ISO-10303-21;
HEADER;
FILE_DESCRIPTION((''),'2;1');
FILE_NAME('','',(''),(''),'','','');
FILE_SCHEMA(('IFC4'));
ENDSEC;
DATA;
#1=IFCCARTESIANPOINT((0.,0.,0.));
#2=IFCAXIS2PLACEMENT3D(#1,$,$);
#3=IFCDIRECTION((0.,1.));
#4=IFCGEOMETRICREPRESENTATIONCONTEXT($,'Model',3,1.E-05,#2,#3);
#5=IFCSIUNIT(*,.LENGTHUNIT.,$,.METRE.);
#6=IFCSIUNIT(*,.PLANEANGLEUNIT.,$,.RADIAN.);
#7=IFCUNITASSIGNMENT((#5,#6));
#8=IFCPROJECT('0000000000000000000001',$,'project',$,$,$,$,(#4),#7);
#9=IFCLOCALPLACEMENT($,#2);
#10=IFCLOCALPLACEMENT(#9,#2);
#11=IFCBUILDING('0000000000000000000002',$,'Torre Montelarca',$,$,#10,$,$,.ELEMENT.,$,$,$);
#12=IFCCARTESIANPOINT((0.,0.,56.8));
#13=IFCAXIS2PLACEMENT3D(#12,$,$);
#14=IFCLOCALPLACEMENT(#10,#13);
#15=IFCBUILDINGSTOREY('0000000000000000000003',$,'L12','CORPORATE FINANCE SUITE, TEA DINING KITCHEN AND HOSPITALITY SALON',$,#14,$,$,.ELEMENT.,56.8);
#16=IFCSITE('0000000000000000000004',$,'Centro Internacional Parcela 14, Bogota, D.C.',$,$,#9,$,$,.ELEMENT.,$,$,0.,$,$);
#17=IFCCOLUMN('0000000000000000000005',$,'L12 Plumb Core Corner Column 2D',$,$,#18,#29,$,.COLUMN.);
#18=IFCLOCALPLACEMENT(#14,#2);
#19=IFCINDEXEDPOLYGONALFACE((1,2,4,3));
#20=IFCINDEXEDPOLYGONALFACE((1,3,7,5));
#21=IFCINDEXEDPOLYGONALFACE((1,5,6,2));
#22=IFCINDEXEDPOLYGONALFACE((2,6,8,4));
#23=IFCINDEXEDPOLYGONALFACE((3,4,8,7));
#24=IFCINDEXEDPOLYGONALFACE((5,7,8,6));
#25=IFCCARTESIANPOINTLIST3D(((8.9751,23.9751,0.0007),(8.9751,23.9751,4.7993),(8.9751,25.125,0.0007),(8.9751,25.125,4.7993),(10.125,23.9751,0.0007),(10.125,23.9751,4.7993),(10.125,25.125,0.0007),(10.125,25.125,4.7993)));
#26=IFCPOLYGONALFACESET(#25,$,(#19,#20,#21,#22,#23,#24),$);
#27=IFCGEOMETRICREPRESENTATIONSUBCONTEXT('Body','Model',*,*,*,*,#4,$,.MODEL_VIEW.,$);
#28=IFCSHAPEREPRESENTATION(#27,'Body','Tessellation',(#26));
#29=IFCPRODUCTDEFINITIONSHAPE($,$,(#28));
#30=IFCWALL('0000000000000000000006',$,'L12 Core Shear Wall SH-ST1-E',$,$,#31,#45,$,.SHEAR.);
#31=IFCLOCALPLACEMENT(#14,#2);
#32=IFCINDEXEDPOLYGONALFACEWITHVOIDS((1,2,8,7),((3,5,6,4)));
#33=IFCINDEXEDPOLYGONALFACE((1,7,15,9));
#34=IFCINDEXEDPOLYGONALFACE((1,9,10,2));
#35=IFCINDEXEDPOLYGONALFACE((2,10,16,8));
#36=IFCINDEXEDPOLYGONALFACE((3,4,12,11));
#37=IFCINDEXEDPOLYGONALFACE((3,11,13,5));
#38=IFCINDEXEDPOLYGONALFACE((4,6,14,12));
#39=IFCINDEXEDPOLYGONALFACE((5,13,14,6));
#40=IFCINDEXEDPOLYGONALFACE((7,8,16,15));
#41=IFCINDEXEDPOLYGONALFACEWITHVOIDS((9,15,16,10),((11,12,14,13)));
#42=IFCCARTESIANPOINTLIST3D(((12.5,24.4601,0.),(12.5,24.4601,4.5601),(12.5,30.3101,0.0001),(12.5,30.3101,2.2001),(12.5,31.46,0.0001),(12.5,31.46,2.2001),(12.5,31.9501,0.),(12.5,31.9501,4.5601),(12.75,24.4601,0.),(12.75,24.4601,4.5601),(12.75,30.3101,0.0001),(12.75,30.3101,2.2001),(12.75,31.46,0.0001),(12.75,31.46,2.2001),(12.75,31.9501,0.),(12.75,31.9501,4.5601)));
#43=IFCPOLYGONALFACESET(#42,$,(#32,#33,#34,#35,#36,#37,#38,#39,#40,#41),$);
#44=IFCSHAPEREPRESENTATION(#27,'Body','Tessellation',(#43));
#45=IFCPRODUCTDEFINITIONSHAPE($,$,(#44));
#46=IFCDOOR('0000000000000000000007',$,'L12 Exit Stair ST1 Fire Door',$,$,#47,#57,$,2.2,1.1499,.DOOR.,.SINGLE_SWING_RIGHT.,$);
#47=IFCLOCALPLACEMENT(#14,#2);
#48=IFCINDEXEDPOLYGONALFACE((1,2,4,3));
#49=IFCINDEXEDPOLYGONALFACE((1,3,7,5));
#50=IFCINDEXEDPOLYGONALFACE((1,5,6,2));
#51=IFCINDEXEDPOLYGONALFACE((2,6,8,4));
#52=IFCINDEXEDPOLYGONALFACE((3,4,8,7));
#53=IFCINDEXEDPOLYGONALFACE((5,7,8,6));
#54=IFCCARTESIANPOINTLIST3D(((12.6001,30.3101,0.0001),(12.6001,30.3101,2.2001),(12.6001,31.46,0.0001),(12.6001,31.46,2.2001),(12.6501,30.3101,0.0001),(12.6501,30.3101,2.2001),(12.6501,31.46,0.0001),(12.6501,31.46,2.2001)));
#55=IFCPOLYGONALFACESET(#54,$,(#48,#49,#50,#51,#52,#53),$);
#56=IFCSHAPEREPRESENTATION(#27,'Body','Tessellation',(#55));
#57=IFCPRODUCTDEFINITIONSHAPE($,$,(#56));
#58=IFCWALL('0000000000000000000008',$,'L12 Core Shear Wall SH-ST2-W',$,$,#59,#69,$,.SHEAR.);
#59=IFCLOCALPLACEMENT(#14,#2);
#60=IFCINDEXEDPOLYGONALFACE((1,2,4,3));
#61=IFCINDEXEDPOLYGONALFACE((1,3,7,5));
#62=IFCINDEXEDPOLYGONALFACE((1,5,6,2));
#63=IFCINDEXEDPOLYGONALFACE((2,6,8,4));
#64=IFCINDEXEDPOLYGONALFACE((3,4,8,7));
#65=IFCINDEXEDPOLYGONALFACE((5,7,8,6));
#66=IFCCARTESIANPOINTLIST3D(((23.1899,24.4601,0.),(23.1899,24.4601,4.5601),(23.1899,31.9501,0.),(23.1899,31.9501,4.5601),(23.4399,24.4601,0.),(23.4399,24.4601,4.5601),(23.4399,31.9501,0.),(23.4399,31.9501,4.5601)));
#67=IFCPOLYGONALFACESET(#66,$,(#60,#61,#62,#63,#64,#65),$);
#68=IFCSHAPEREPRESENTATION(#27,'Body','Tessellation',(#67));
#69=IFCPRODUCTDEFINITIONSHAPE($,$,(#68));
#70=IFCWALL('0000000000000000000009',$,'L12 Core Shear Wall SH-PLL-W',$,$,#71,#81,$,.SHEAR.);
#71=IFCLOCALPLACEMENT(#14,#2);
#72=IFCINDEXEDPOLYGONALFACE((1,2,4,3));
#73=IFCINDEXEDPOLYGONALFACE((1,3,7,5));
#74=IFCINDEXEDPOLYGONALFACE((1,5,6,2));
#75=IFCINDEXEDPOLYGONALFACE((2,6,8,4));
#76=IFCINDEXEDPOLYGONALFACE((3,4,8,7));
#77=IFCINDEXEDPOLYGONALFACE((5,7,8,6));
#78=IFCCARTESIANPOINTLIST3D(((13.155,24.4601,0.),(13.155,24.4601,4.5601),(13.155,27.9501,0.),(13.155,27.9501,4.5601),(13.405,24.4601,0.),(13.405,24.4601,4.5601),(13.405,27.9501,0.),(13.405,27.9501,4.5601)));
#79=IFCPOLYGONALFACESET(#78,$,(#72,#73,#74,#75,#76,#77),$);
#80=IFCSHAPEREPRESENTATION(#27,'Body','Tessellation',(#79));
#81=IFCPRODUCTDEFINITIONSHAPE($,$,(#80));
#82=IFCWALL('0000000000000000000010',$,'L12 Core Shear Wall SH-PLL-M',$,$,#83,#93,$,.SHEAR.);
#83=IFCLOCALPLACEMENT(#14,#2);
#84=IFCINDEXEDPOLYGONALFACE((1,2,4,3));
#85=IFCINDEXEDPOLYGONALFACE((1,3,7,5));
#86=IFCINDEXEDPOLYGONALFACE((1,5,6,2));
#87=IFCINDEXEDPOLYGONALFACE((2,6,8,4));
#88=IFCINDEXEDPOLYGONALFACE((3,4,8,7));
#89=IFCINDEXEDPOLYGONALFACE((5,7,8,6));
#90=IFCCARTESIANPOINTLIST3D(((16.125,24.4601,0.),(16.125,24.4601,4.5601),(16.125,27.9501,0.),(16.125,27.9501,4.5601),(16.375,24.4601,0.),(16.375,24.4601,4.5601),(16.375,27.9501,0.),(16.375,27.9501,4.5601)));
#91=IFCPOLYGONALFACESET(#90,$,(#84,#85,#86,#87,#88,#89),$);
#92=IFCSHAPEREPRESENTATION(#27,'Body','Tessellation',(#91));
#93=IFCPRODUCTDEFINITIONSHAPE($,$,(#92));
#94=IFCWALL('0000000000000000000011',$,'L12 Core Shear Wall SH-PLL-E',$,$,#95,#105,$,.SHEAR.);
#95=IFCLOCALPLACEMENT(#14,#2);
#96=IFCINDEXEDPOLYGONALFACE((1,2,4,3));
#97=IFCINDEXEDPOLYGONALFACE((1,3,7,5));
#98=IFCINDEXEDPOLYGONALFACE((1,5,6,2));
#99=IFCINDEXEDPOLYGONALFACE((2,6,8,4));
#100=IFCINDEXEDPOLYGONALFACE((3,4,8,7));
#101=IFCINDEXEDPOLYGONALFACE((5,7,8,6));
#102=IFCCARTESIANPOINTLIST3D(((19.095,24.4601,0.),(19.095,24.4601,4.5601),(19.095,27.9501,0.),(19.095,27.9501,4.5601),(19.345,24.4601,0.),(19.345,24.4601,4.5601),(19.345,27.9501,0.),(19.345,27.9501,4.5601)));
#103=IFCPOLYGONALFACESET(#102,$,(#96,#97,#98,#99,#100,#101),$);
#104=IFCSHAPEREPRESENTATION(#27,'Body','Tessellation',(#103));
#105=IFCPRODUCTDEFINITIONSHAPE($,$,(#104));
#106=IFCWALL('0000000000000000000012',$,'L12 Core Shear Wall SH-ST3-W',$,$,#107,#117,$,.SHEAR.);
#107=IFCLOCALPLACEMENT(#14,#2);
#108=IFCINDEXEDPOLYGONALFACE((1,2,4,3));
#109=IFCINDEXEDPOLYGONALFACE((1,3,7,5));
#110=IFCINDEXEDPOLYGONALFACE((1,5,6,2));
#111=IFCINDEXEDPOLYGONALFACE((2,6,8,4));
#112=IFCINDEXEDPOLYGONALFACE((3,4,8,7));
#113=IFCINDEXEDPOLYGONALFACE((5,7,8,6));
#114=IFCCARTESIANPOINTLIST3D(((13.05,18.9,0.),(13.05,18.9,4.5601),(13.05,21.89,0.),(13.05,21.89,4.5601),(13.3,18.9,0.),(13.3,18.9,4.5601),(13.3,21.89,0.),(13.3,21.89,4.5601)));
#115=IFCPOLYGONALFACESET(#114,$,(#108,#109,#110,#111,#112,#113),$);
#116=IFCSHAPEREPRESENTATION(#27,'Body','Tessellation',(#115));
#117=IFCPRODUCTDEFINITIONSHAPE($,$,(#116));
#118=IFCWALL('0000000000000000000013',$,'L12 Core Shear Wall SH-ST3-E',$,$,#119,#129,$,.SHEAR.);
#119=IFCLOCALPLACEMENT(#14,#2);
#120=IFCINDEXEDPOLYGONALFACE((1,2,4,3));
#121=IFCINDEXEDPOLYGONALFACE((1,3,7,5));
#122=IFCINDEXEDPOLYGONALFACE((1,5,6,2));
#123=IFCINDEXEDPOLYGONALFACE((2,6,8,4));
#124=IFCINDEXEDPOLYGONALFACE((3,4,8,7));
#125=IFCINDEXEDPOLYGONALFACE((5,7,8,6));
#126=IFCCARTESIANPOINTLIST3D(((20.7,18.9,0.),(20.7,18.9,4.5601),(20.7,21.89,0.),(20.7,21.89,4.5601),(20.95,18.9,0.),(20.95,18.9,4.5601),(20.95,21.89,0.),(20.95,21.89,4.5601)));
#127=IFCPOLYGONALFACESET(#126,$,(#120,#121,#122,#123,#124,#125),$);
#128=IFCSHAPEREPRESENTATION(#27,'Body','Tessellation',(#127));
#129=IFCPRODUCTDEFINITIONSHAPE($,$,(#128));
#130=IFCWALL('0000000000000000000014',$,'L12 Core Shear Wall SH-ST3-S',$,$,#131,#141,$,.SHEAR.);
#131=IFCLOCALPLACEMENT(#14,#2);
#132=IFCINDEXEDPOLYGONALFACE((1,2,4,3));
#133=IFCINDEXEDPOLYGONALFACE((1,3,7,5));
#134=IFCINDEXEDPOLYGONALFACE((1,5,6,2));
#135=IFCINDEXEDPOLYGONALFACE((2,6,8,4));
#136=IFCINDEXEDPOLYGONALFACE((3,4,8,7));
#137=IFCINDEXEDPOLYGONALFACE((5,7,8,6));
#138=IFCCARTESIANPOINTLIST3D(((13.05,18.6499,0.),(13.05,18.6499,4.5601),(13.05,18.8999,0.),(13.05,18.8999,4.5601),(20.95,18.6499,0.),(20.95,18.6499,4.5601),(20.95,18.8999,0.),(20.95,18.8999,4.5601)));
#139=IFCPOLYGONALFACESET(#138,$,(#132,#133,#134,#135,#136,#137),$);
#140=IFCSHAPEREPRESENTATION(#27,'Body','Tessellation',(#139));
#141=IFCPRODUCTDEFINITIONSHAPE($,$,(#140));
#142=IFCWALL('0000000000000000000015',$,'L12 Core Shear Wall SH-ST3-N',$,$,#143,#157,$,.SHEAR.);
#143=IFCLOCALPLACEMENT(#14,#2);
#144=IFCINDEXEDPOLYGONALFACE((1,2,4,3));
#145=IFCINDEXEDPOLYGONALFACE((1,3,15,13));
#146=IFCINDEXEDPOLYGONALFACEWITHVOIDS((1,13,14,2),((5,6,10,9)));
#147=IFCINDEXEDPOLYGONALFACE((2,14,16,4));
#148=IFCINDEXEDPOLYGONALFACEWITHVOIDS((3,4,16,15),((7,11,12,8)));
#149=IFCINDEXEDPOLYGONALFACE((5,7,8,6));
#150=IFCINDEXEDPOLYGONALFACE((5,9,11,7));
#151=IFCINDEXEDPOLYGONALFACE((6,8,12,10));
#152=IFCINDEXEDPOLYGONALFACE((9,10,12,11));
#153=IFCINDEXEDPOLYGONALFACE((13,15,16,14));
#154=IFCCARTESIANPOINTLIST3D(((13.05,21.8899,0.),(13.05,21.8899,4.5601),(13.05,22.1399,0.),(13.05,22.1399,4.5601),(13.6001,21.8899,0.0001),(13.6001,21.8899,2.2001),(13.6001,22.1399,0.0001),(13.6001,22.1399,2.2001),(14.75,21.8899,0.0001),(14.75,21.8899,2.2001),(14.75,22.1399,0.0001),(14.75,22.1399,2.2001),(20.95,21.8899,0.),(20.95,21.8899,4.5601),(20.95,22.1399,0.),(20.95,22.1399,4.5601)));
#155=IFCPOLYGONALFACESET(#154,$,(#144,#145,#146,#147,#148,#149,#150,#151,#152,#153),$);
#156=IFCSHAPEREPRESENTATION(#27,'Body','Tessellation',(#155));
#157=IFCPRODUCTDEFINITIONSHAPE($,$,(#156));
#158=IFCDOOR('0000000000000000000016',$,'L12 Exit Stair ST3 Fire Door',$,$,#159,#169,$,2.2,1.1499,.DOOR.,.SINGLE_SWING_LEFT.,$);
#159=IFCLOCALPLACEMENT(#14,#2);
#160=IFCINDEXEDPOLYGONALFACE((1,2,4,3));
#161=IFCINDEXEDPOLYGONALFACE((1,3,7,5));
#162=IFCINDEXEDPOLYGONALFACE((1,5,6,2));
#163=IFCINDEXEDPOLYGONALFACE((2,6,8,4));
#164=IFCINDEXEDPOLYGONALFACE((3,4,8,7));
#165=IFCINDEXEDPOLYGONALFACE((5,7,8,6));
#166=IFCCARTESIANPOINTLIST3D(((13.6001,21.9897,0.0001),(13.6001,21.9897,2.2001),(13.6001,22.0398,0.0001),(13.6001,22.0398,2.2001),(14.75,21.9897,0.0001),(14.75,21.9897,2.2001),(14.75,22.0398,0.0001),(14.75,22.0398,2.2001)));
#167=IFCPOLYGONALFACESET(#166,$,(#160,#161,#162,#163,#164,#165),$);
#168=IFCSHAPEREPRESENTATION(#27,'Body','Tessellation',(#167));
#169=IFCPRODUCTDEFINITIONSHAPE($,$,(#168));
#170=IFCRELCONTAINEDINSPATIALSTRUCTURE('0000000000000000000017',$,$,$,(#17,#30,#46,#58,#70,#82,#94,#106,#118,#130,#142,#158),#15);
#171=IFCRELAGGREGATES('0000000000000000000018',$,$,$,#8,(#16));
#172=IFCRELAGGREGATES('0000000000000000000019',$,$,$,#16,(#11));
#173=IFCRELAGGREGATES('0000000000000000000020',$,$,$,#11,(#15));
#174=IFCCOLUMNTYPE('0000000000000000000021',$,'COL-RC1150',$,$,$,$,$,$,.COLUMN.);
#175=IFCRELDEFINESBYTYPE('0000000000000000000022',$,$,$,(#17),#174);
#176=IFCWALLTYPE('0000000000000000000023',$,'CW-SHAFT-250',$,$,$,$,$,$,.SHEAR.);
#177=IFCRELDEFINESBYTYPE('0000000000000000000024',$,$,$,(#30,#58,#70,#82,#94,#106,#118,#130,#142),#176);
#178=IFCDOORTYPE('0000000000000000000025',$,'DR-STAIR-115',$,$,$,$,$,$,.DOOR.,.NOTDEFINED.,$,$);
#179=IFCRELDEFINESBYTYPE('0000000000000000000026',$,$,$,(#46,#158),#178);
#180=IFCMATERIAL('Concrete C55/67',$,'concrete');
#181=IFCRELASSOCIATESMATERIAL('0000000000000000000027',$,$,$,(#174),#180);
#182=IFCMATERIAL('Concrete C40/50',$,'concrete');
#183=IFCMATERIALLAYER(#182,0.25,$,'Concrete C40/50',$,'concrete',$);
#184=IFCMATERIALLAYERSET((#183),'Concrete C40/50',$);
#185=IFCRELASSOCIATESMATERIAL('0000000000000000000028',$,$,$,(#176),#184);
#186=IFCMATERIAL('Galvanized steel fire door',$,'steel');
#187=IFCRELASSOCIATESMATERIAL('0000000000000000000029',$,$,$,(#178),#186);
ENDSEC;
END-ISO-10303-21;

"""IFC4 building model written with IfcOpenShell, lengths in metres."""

from ifc_helpers import new_model, si_unit, direction, frame, frame_2d, origin, origin_2d, place, context, subcontext, project, spatial, rectangle, extrude, source, transform, mapped, material, layer, layer_set, material_profile, profile_set, type_object, element, fill, save


model = new_model("IFC4")

# Units and contexts
model_context = context("Model", 3, precision=1e-05, world=origin(), true_north=direction((0.0, 1.0)))
body_context = subcontext(model_context, "Body", "Model", "MODEL_VIEW")
ifc_project = project(units=[si_unit("LENGTHUNIT", "METRE"), si_unit("PLANEANGLEUNIT", "RADIAN")], contexts=[model_context])

# Site, building, storey
site_placement = place(None, origin())
site = spatial("IfcSite", under=ifc_project, at=site_placement, Name="Centro Internacional Parcela 14, Bogota, D.C.", CompositionType="ELEMENT", RefElevation=0.0)
building_placement = place(site_placement, origin())
building = spatial("IfcBuilding", under=site, at=building_placement, Name="Torre Montelarca", CompositionType="ELEMENT")
storey_placement = place(building_placement, frame((0.0, 0.0, 56.8)))
storey = spatial("IfcBuildingStorey", under=building, at=storey_placement, Name="L12", Description="CORPORATE FINANCE SUITE, TEA DINING KITCHEN AND HOSPITALITY SALON", CompositionType="ELEMENT", Elevation=56.8)

# Column
ifc_material_1 = material(Name="Concrete C55/67", Category="concrete")
ifc_material_profile = material_profile(ifc_material_1, rectangle(XDim=1.1499, YDim=1.1499, at=origin_2d()), Name="RC1150X1150", Category="concrete")
ifc_profile_set = profile_set([ifc_material_profile], Name="Concrete C55/67")
column_type = type_object("IfcColumnType", Name="COL-RC1150", PredefinedType="COLUMN", material=ifc_profile_set)
shared_shape_1 = source(origin(), body_context, "Body", "SweptSolid", [
    extrude(rectangle(XDim=1.1499, YDim=1.1499, at=origin_2d()), origin(), (0.0, 0.0, 1.0), 4.7986),
])
column_placement = place(storey_placement, frame((9.55, 24.55, 0.0007), z_axis=(0.0, 0.0, 1.0), x_axis=(1.0, 0.0, 0.0)))
element("IfcColumn", 1, at=column_placement, inside=storey, type_object=column_type, Name="L12 Plumb Core Corner Column 2D", PredefinedType="COLUMN", context=body_context, shape_type="MappedRepresentation", body=[
    mapped(shared_shape_1, transform((0.0, 0.0, 0.0), scale=1.0)),
])

# Wall, opening, door
ifc_material_2 = material(Name="Concrete C40/50", Category="concrete")
ifc_layer_1 = layer(ifc_material_2, 0.25, Name="Concrete C40/50", Category="concrete")
ifc_layer_set_1 = layer_set([ifc_layer_1], Name="Concrete C40/50")
wall_type_1 = type_object("IfcWallType", Name="CW-SHAFT-250", PredefinedType="SHEAR", material=ifc_layer_set_1)
wall_1_placement = place(storey_placement, frame((12.625, 24.46, 0.0), z_axis=(0.0, 0.0, 1.0), x_axis=(0.0, 1.0, 0.0)))
wall_1 = element("IfcWall", 2, at=wall_1_placement, inside=storey, type_object=wall_type_1, Name="L12 Core Shear Wall SH-ST1-E", PredefinedType="SHEAR", context=body_context, shape_type="SweptSolid", body=[
    extrude(rectangle(XDim=7.49, YDim=0.25, at=frame_2d((3.7451, 0.0))), origin(), (0.0, 0.0, 1.0), 4.5601),
])
opening_1_placement = place(wall_1_placement, frame((5.8501, 0.0, 0.0)))
opening_1 = element("IfcOpeningElement", 3, at=opening_1_placement, cuts=wall_1, PredefinedType="OPENING", context=body_context, shape_type="SweptSolid", body=[
    extrude(rectangle(XDim=1.1499, YDim=2.2, at=frame_2d((0.575, 1.1001))), frame((0.0, 0.135, 0.0), z_axis=(0.0, -1.0, 0.0), x_axis=(1.0, 0.0, 0.0)), (0.0, 0.0, 1.0), 0.27),
])
ifc_material_3 = material(Name="Galvanized steel fire door", Category="steel")
door_type_1 = type_object("IfcDoorType", Name="DR-STAIR-115", OperationType="NOTDEFINED", PredefinedType="DOOR", material=ifc_material_3)
shared_shape_2 = source(origin(), body_context, "Body", "SweptSolid", [
    extrude(rectangle(XDim=1.1499, YDim=2.2, at=frame_2d((0.575, 1.1001))), frame((0.0, 0.0249, 0.0), z_axis=(0.0, -1.0, 0.0), x_axis=(1.0, 0.0, 0.0)), (0.0, 0.0, 1.0), 0.05),
])
door_1_placement = place(opening_1_placement, origin())
door_1 = element("IfcDoor", 4, at=door_1_placement, inside=storey, type_object=door_type_1, Name="L12 Exit Stair ST1 Fire Door", OperationType="SINGLE_SWING_RIGHT", OverallHeight=2.2, OverallWidth=1.1499, PredefinedType="DOOR", context=body_context, shape_type="MappedRepresentation", body=[
    mapped(shared_shape_2, transform((0.0, 0.0, 0.0), scale=1.0)),
])
fill(opening_1, door_1)

# Walls
wall_2_placement = place(storey_placement, frame((23.3149, 24.46, 0.0), z_axis=(0.0, 0.0, 1.0), x_axis=(0.0, 1.0, 0.0)))
element("IfcWall", 5, at=wall_2_placement, inside=storey, type_object=wall_type_1, Name="L12 Core Shear Wall SH-ST2-W", PredefinedType="SHEAR", context=body_context, shape_type="SweptSolid", body=[
    extrude(rectangle(XDim=7.49, YDim=0.25, at=frame_2d((3.7451, 0.0))), origin(), (0.0, 0.0, 1.0), 4.5601),
])
for number, where, z_axis, x_axis, name in (
    (6, (13.28, 24.46, 0.0), (0.0, 0.0, 1.0), (0.0, 1.0, 0.0), "L12 Core Shear Wall SH-PLL-W"),
    (7, (16.25, 24.46, 0.0), (0.0, 0.0, 1.0), (0.0, 1.0, 0.0), "L12 Core Shear Wall SH-PLL-M"),
    (8, (19.22, 24.46, 0.0), (0.0, 0.0, 1.0), (0.0, 1.0, 0.0), "L12 Core Shear Wall SH-PLL-E"),
):
    element("IfcWall", number, at=place(storey_placement, frame(where, z_axis=z_axis, x_axis=x_axis)), inside=storey, type_object=wall_type_1, Name=name, PredefinedType="SHEAR", context=body_context, shape_type="SweptSolid", body=[
        extrude(rectangle(XDim=3.49, YDim=0.25, at=frame_2d((1.7451, 0.0))), origin(), (0.0, 0.0, 1.0), 4.5601),
    ])
for number, where, z_axis, x_axis, name in (
    (9, (13.175, 18.8999, 0.0), (0.0, 0.0, 1.0), (0.0, 1.0, 0.0), "L12 Core Shear Wall SH-ST3-W"),
    (10, (20.825, 18.8999, 0.0), (0.0, 0.0, 1.0), (0.0, 1.0, 0.0), "L12 Core Shear Wall SH-ST3-E"),
):
    element("IfcWall", number, at=place(storey_placement, frame(where, z_axis=z_axis, x_axis=x_axis)), inside=storey, type_object=wall_type_1, Name=name, PredefinedType="SHEAR", context=body_context, shape_type="SweptSolid", body=[
        extrude(rectangle(XDim=2.99, YDim=0.25, at=frame_2d((1.4951, 0.0))), origin(), (0.0, 0.0, 1.0), 4.5601),
    ])
wall_3_placement = place(storey_placement, frame((13.05, 18.7749, 0.0), z_axis=(0.0, 0.0, 1.0), x_axis=(1.0, 0.0, 0.0)))
element("IfcWall", 11, at=wall_3_placement, inside=storey, type_object=wall_type_1, Name="L12 Core Shear Wall SH-ST3-S", PredefinedType="SHEAR", context=body_context, shape_type="SweptSolid", body=[
    extrude(rectangle(XDim=7.8999, YDim=0.25, at=frame_2d((3.95, 0.0))), origin(), (0.0, 0.0, 1.0), 4.5601),
])

# Wall, opening, door
wall_4_placement = place(storey_placement, frame((13.05, 22.0149, 0.0), z_axis=(0.0, 0.0, 1.0), x_axis=(1.0, 0.0, 0.0)))
wall_4 = element("IfcWall", 12, at=wall_4_placement, inside=storey, type_object=wall_type_1, Name="L12 Core Shear Wall SH-ST3-N", PredefinedType="SHEAR", context=body_context, shape_type="SweptSolid", body=[
    extrude(rectangle(XDim=7.8999, YDim=0.25, at=frame_2d((3.95, 0.0))), origin(), (0.0, 0.0, 1.0), 4.5601),
])
opening_2_placement = place(wall_4_placement, frame((0.55, 0.0, 0.0)))
opening_2 = element("IfcOpeningElement", 13, at=opening_2_placement, cuts=wall_4, PredefinedType="OPENING", context=body_context, shape_type="SweptSolid", body=[
    extrude(rectangle(XDim=1.1499, YDim=2.2, at=frame_2d((0.575, 1.1001))), frame((0.0, 0.135, 0.0), z_axis=(0.0, -1.0, 0.0), x_axis=(1.0, 0.0, 0.0)), (0.0, 0.0, 1.0), 0.27),
])
door_2_placement = place(opening_2_placement, origin())
door_2 = element("IfcDoor", 14, at=door_2_placement, inside=storey, type_object=door_type_1, Name="L12 Exit Stair ST3 Fire Door", OperationType="SINGLE_SWING_LEFT", OverallHeight=2.2, OverallWidth=1.1499, PredefinedType="DOOR", context=body_context, shape_type="MappedRepresentation", body=[
    mapped(shared_shape_2, transform((0.0, 0.0, 0.0), scale=1.0)),
])
fill(opening_2, door_2)

save(model, "model.ifc")
